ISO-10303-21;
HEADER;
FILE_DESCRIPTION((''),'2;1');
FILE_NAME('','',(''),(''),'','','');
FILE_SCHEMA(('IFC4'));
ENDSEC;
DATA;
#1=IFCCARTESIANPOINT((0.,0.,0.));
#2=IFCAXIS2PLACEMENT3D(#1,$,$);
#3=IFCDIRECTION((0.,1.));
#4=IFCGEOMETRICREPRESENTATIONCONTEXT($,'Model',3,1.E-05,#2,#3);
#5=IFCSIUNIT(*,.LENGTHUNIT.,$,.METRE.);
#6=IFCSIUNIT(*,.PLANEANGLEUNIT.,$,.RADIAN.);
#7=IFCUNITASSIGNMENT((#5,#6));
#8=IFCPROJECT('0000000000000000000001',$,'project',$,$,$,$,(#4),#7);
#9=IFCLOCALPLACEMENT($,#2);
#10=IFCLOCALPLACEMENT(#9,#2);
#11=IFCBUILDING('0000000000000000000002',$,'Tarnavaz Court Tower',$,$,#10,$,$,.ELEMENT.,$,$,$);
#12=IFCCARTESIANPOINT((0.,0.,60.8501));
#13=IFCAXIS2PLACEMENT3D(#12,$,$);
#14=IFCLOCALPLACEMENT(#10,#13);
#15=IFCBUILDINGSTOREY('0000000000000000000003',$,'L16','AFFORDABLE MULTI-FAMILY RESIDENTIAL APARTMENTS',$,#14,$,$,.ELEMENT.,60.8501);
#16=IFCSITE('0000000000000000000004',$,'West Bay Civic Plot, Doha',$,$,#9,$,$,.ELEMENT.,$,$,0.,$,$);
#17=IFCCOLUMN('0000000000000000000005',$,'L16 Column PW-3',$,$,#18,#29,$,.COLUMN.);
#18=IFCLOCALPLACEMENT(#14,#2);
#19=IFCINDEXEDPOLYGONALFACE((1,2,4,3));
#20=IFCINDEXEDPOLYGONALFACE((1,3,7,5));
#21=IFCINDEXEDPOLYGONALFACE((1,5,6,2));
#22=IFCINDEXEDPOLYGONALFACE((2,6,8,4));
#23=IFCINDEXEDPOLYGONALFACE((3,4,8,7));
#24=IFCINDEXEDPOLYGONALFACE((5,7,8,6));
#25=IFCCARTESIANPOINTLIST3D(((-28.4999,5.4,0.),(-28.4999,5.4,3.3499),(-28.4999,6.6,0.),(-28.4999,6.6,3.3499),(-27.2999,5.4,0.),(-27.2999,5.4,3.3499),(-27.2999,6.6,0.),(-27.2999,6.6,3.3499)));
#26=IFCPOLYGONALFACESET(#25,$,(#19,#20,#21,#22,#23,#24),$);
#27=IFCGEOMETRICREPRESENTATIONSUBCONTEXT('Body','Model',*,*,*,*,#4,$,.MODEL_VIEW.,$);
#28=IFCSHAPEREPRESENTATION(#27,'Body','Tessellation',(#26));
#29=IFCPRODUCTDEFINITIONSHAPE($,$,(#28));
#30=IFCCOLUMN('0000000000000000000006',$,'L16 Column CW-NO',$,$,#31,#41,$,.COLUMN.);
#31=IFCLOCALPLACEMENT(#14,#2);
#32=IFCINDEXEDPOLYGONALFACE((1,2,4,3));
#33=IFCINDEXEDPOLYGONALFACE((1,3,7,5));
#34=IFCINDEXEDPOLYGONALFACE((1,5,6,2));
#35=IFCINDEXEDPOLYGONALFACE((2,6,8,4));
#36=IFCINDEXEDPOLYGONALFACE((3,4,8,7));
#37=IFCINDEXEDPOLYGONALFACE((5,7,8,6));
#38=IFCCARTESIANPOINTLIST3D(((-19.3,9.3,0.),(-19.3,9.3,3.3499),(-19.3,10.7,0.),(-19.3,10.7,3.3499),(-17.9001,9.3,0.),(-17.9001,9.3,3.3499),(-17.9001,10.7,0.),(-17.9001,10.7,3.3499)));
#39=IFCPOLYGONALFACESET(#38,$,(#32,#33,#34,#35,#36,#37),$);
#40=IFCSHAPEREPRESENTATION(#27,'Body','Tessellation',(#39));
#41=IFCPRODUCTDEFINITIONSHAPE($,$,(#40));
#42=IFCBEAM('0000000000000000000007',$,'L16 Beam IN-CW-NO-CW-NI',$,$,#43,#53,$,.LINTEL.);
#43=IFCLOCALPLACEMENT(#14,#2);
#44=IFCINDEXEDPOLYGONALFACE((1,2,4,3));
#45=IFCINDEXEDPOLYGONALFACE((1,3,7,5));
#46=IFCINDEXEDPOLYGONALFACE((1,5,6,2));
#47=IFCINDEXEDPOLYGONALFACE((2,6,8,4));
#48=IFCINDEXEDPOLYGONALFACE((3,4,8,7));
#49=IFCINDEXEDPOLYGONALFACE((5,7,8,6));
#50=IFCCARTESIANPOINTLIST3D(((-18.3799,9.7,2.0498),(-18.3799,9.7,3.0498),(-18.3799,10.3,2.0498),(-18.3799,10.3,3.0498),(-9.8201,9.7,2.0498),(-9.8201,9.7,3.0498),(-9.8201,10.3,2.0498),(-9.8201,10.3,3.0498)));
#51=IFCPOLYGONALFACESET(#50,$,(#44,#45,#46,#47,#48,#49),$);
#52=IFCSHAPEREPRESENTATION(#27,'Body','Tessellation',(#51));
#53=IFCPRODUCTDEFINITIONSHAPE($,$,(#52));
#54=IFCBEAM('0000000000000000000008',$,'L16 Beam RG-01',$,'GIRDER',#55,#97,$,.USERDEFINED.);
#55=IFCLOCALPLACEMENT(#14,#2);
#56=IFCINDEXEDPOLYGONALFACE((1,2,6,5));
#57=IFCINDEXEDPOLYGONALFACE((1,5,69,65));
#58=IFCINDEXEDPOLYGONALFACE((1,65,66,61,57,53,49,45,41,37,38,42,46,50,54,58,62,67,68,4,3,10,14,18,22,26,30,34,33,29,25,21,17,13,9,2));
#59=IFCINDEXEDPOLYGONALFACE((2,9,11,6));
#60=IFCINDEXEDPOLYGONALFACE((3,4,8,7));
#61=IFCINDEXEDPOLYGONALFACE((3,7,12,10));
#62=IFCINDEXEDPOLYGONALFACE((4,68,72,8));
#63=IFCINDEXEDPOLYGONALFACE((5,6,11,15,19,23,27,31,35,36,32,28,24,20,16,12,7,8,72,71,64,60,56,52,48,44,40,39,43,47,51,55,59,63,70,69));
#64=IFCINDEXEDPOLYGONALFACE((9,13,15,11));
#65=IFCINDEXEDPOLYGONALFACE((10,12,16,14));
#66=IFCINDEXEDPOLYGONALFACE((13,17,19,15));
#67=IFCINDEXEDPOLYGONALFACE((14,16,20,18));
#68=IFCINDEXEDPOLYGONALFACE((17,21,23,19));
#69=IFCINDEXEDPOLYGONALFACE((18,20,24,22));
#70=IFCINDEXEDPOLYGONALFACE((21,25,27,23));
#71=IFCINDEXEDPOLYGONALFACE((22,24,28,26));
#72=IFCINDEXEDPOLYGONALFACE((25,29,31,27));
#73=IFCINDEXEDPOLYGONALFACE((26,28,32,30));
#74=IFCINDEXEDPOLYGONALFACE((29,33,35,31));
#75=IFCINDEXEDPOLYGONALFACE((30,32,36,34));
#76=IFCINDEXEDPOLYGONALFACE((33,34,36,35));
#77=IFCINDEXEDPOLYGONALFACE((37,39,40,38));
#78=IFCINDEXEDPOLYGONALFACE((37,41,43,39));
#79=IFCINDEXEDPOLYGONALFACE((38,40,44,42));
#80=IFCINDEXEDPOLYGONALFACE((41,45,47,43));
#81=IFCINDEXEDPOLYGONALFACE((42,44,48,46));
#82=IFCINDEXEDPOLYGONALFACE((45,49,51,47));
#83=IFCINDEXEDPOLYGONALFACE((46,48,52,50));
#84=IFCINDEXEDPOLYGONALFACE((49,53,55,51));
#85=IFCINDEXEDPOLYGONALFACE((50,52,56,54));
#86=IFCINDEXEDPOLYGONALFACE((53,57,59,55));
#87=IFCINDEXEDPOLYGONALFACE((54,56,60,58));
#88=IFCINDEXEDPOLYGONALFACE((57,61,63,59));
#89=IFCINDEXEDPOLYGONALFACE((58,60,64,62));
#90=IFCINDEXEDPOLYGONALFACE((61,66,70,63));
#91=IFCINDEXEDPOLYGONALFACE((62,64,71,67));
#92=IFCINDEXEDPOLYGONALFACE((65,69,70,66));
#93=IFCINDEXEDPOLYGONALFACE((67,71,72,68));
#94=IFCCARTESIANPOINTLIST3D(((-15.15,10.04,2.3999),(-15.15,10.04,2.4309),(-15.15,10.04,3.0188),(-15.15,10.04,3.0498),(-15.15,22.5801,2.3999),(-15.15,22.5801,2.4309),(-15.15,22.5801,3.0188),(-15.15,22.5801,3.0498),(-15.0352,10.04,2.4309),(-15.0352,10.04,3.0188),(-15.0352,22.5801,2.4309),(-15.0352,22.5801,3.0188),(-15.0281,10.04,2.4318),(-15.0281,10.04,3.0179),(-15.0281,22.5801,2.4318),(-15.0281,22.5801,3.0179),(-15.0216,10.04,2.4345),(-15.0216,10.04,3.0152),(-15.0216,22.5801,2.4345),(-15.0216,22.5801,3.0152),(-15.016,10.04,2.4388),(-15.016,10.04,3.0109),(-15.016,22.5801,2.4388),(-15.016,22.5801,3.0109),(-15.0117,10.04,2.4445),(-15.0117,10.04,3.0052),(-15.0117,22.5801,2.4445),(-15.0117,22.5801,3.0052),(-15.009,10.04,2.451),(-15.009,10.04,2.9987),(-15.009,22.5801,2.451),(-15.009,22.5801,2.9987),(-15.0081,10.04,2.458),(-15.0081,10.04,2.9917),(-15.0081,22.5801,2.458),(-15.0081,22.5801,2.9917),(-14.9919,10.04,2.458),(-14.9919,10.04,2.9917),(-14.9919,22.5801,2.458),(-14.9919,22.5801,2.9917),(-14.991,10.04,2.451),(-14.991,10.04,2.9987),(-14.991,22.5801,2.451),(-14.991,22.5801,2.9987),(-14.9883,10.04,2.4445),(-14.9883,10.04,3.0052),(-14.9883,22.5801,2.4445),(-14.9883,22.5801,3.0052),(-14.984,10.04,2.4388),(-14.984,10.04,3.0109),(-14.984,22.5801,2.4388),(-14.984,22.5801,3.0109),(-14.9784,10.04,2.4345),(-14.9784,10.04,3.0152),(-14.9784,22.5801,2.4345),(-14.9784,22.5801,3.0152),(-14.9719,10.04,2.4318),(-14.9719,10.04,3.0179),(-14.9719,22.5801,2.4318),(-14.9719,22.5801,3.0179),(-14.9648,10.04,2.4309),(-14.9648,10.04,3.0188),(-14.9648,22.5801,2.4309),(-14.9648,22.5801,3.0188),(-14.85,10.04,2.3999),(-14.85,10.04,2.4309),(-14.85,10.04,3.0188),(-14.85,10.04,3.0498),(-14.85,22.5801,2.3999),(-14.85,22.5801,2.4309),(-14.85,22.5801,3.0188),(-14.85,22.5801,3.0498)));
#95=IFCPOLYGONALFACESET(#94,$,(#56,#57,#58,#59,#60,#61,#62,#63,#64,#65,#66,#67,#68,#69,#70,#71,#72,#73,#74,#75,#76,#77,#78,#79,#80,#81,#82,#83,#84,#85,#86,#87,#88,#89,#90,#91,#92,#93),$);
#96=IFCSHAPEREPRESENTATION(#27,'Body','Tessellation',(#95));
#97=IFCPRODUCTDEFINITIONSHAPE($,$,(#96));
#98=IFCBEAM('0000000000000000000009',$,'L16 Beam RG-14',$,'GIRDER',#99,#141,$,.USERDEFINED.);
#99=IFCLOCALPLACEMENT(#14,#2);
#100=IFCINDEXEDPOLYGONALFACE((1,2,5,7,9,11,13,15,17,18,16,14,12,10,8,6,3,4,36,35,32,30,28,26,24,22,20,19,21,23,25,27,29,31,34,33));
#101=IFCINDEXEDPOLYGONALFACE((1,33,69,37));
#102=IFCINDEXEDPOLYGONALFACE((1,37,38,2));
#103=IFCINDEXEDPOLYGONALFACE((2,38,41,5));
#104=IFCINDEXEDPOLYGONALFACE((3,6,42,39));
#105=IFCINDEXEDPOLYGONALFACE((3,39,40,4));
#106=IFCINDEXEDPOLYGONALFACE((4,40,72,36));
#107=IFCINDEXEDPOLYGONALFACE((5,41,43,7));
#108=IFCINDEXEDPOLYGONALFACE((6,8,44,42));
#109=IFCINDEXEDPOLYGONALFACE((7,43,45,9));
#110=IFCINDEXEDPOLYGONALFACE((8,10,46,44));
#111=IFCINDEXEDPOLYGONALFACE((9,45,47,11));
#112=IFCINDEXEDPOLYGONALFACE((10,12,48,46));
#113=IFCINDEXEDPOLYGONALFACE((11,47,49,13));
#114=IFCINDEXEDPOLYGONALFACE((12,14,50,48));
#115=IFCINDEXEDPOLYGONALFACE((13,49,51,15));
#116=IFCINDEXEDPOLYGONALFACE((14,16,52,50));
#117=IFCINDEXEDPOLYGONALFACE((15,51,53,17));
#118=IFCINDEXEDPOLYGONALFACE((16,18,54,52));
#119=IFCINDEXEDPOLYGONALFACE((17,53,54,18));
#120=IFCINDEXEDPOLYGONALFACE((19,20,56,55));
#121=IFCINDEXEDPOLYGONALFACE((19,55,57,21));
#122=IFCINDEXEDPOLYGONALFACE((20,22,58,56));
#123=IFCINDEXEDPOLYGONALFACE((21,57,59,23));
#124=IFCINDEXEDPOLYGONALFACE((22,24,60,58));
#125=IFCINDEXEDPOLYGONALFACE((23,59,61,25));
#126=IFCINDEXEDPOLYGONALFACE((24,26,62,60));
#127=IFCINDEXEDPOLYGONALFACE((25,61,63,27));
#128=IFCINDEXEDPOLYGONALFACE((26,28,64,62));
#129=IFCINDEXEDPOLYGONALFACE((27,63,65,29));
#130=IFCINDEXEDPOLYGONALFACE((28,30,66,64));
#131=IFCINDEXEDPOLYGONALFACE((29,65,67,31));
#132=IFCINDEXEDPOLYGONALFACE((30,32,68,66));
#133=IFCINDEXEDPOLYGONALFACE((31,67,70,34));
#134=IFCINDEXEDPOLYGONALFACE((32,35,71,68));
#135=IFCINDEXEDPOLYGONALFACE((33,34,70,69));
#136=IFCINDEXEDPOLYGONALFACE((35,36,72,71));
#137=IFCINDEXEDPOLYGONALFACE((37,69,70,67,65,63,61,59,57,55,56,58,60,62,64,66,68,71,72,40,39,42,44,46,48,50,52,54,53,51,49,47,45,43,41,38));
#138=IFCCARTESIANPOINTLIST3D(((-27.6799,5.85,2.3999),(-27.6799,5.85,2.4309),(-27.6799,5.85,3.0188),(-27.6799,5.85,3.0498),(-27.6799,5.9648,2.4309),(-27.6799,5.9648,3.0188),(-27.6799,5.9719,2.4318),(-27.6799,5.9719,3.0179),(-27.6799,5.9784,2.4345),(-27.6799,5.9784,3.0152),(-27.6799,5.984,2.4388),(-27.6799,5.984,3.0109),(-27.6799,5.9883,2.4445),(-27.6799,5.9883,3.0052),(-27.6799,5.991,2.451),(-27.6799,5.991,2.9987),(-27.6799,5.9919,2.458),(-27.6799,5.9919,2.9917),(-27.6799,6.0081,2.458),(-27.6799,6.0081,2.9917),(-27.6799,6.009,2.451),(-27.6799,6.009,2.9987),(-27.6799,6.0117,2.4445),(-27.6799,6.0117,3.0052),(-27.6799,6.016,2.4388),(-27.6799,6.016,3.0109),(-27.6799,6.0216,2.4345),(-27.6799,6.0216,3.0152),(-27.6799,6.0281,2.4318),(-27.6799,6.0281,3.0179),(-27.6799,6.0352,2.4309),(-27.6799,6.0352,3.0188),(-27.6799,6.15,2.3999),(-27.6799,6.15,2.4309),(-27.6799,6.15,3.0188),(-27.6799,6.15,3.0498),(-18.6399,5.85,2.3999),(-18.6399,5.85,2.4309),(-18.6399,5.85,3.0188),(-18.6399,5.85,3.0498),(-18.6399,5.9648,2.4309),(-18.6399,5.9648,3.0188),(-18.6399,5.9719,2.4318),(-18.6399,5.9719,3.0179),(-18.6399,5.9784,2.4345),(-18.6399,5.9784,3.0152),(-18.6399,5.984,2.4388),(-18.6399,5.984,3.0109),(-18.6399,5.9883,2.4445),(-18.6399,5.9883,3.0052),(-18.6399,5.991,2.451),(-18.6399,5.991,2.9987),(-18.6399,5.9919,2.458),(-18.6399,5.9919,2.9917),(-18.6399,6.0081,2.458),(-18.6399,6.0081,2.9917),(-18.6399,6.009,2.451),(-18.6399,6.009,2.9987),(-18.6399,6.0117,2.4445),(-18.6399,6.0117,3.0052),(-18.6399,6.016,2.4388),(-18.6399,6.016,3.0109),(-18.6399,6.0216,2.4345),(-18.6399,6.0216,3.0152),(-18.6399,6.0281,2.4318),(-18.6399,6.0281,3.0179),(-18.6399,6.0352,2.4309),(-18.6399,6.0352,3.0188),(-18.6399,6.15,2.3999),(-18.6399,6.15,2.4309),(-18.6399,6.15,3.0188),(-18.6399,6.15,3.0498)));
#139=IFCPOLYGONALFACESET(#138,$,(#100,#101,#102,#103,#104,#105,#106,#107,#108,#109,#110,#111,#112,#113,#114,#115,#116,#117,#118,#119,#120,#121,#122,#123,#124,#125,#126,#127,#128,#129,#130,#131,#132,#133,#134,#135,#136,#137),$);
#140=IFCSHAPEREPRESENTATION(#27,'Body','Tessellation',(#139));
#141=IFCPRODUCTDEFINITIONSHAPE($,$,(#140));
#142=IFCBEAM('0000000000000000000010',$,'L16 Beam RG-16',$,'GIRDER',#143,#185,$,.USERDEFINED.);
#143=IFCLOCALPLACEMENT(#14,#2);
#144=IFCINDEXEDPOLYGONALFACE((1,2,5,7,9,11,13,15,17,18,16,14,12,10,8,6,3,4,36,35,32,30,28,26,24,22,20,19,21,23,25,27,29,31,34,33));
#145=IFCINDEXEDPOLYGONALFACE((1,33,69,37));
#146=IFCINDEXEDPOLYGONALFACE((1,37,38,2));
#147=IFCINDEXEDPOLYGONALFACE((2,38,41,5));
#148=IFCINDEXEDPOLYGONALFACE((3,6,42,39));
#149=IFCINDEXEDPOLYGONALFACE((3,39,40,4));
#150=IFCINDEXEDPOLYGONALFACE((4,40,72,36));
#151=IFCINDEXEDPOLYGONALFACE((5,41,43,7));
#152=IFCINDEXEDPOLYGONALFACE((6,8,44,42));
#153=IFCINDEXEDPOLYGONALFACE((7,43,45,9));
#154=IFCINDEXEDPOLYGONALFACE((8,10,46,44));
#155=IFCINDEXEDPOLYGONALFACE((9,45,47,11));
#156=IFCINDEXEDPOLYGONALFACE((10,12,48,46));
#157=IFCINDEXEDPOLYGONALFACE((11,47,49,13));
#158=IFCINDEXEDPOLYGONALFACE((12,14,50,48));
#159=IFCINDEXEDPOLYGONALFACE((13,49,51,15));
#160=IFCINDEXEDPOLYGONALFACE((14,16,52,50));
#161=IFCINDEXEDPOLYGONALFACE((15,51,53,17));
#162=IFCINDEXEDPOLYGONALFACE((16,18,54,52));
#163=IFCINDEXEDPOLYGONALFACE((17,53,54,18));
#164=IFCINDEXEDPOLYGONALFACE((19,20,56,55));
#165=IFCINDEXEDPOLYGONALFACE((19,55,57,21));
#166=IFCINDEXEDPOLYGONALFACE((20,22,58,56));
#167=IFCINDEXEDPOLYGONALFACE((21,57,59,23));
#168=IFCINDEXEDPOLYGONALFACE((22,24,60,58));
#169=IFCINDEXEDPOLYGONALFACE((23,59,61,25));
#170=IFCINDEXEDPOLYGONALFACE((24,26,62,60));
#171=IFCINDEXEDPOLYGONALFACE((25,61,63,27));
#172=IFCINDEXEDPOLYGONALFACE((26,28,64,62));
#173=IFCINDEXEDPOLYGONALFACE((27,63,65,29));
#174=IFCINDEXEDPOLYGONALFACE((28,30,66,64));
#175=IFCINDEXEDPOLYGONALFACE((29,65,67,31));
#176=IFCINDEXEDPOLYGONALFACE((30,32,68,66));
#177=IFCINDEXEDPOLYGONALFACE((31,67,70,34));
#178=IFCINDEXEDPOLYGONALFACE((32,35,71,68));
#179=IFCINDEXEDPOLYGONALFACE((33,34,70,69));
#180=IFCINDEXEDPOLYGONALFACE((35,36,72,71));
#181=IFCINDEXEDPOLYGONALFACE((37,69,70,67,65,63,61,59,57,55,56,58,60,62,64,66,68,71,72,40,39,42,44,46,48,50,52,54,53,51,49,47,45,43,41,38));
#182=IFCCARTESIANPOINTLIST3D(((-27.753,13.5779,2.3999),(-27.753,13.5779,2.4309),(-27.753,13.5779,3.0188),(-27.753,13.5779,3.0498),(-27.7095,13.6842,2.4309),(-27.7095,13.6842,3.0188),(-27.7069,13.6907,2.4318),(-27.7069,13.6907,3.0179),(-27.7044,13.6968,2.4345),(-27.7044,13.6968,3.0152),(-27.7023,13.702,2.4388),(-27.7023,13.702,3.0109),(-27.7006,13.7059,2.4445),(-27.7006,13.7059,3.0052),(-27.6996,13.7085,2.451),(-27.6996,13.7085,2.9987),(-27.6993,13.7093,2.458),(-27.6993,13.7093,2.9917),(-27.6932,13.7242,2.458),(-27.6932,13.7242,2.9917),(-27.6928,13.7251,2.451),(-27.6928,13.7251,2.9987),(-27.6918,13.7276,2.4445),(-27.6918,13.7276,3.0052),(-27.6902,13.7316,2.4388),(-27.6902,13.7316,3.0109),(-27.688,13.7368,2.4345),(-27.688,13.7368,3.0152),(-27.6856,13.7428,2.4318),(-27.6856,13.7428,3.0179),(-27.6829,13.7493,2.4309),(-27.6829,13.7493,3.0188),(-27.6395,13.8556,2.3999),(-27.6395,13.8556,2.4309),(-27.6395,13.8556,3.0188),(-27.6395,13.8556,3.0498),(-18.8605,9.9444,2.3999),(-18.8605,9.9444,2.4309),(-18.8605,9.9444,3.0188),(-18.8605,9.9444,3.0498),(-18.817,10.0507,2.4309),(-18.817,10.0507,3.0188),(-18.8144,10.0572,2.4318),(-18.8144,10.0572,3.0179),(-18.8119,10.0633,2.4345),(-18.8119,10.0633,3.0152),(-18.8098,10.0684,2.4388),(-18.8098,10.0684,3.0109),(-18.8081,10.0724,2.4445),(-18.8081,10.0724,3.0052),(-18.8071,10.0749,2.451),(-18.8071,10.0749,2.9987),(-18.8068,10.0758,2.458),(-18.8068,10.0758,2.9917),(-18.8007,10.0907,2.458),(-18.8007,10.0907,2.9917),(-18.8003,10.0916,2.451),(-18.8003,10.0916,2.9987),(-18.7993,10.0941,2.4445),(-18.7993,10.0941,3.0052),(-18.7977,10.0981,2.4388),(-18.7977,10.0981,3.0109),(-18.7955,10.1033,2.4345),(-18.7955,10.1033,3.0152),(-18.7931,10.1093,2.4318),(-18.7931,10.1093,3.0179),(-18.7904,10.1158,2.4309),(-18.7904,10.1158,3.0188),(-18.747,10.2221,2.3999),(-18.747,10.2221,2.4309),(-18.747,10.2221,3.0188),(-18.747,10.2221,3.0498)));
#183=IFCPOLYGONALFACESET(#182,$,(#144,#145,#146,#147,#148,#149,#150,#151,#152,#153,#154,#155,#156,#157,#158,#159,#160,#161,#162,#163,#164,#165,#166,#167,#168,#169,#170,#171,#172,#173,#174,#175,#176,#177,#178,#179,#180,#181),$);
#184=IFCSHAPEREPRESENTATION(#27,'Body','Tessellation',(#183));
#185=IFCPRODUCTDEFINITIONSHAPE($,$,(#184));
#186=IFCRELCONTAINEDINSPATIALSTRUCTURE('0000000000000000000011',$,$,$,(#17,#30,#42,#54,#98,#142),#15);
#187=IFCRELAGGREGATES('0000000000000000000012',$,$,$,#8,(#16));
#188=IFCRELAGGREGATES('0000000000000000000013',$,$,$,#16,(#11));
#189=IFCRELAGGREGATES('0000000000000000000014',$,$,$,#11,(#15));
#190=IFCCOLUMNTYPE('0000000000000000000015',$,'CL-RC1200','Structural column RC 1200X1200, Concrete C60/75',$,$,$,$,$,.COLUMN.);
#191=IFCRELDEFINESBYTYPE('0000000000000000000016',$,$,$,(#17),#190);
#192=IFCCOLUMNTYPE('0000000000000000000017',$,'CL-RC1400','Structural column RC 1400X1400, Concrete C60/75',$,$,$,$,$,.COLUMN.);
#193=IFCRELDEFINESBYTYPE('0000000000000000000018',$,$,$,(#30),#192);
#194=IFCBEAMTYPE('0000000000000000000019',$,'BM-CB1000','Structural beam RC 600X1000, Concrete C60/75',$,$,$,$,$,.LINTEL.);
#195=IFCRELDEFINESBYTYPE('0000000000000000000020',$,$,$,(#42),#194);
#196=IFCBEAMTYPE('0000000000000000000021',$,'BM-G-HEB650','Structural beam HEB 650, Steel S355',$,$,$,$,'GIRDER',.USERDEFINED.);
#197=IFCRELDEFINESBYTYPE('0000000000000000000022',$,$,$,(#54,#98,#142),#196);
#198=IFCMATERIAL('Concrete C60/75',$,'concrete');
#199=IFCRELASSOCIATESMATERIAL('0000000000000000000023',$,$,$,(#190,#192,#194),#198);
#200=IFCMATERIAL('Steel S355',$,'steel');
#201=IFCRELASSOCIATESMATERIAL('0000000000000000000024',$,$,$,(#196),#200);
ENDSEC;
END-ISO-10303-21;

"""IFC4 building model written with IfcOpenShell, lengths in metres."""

from ifc_helpers import new_model, si_unit, direction, frame, origin, origin_2d, place, context, subcontext, project, spatial, rectangle, i_section, extrude, material, material_profile, profile_set, type_object, element, save


model = new_model("IFC4")

# Units and contexts
model_context = context("Model", 3, precision=1e-05, world=origin(), true_north=direction((0.0, 1.0)))
body_context = subcontext(model_context, "Body", "Model", "MODEL_VIEW")
ifc_project = project(units=[si_unit("LENGTHUNIT", "METRE"), si_unit("PLANEANGLEUNIT", "RADIAN")], contexts=[model_context])

# Site, building, storey
site_placement = place(None, origin())
site = spatial("IfcSite", under=ifc_project, at=site_placement, Name="West Bay Civic Plot, Doha", CompositionType="ELEMENT", RefElevation=0.0)
building_placement = place(site_placement, origin())
building = spatial("IfcBuilding", under=site, at=building_placement, Name="Tarnavaz Court Tower", CompositionType="ELEMENT")
storey_placement = place(building_placement, frame((0.0, 0.0, 60.8501)))
storey = spatial("IfcBuildingStorey", under=building, at=storey_placement, Name="L16", Description="AFFORDABLE MULTI-FAMILY RESIDENTIAL APARTMENTS", CompositionType="ELEMENT", Elevation=60.8501)

# Columns
ifc_material_1 = material(Name="Concrete C60/75", Category="concrete")
ifc_material_profile_1 = material_profile(ifc_material_1, rectangle(XDim=1.2, YDim=1.2, at=origin_2d()), Name="RC 1200X1200")
ifc_profile_set_1 = profile_set([ifc_material_profile_1], Name="Concrete C60/75")
column_type_1 = type_object("IfcColumnType", Name="CL-RC1200", Description="Structural column RC 1200X1200, Concrete C60/75", PredefinedType="COLUMN", material=ifc_profile_set_1)
column_1_placement = place(storey_placement, frame((-27.8999, 6.0, 0.0), z_axis=(0.0, 0.0, 1.0), x_axis=(1.0, 0.0, 0.0)))
element("IfcColumn", 1, at=column_1_placement, inside=storey, type_object=column_type_1, Name="L16 Column PW-3", PredefinedType="COLUMN", context=body_context, shape_type="SweptSolid", body=[
    extrude(rectangle(XDim=1.2, YDim=1.2, at=origin_2d()), origin(), (0.0, 0.0, 1.0), 3.3499),
])
ifc_material_profile_2 = material_profile(ifc_material_1, rectangle(XDim=1.3999, YDim=1.3999, at=origin_2d()), Name="RC 1400X1400")
ifc_profile_set_2 = profile_set([ifc_material_profile_2], Name="Concrete C60/75")
column_type_2 = type_object("IfcColumnType", Name="CL-RC1400", Description="Structural column RC 1400X1400, Concrete C60/75", PredefinedType="COLUMN", material=ifc_profile_set_2)
column_2_placement = place(storey_placement, frame((-18.6001, 10.0, 0.0), z_axis=(0.0, 0.0, 1.0), x_axis=(1.0, 0.0, 0.0)))
element("IfcColumn", 2, at=column_2_placement, inside=storey, type_object=column_type_2, Name="L16 Column CW-NO", PredefinedType="COLUMN", context=body_context, shape_type="SweptSolid", body=[
    extrude(rectangle(XDim=1.3999, YDim=1.3999, at=origin_2d()), origin(), (0.0, 0.0, 1.0), 3.3499),
])

# Beams
ifc_material_profile_3 = material_profile(ifc_material_1, rectangle(XDim=0.6001, YDim=1.0, at=origin_2d()), Name="RC 600X1000")
ifc_profile_set_3 = profile_set([ifc_material_profile_3], Name="Concrete C60/75")
beam_type_1 = type_object("IfcBeamType", Name="BM-CB1000", Description="Structural beam RC 600X1000, Concrete C60/75", PredefinedType="LINTEL", material=ifc_profile_set_3)
beam_1_placement = place(storey_placement, frame((-18.3799, 10.0, 2.5498), z_axis=(1.0, 0.0, 0.0), x_axis=(0.0, 1.0, 0.0)))
element("IfcBeam", 3, at=beam_1_placement, inside=storey, type_object=beam_type_1, Name="L16 Beam IN-CW-NO-CW-NI", PredefinedType="LINTEL", context=body_context, shape_type="SweptSolid", body=[
    extrude(rectangle(XDim=0.6001, YDim=1.0, at=origin_2d()), origin(), (0.0, 0.0, 1.0), 8.5598),
])
ifc_material_2 = material(Name="Steel S355", Category="steel")
ifc_material_profile_4 = material_profile(ifc_material_2, i_section(OverallWidth=0.3, OverallDepth=0.6499, WebThickness=0.0161, FlangeThickness=0.031, FilletRadius=0.0271, at=origin_2d()), Name="HEB 650")
ifc_profile_set_4 = profile_set([ifc_material_profile_4], Name="Steel S355")
beam_type_2 = type_object("IfcBeamType", Name="BM-G-HEB650", Description="Structural beam HEB 650, Steel S355", ElementType="GIRDER", PredefinedType="USERDEFINED", material=ifc_profile_set_4)
beam_2_placement = place(storey_placement, frame((-15.0, 10.04, 2.7249), z_axis=(0.0, 1.0, 0.0), x_axis=(-1.0, 0.0, 0.0)))
element("IfcBeam", 4, at=beam_2_placement, inside=storey, type_object=beam_type_2, Name="L16 Beam RG-01", ObjectType="GIRDER", PredefinedType="USERDEFINED", context=body_context, shape_type="SweptSolid", body=[
    extrude(i_section(OverallWidth=0.3, OverallDepth=0.6499, WebThickness=0.0161, FlangeThickness=0.031, FilletRadius=0.0271, at=origin_2d()), origin(), (0.0, 0.0, 1.0), 12.54),
])
beam_3_placement = place(storey_placement, frame((-18.6399, 6.0, 2.7249), z_axis=(-1.0, 0.0, 0.0), x_axis=(0.0, -1.0, 0.0)))
element("IfcBeam", 5, at=beam_3_placement, inside=storey, type_object=beam_type_2, Name="L16 Beam RG-14", ObjectType="GIRDER", PredefinedType="USERDEFINED", context=body_context, shape_type="SweptSolid", body=[
    extrude(i_section(OverallWidth=0.3, OverallDepth=0.6499, WebThickness=0.0161, FlangeThickness=0.031, FilletRadius=0.0271, at=origin_2d()), origin(), (0.0, 0.0, 1.0), 9.04),
])
beam_4_placement = place(storey_placement, frame((-18.8037, 10.0833, 2.7249), z_axis=(-0.925705, 0.378247, 0.0), x_axis=(-0.378247, -0.925705, 0.0)))
element("IfcBeam", 6, at=beam_4_placement, inside=storey, type_object=beam_type_2, Name="L16 Beam RG-16", ObjectType="GIRDER", PredefinedType="USERDEFINED", context=body_context, shape_type="SweptSolid", body=[
    extrude(i_section(OverallWidth=0.3, OverallDepth=0.6499, WebThickness=0.0161, FlangeThickness=0.031, FilletRadius=0.0271, at=origin_2d()), origin(), (0.0, 0.0, 1.0), 9.6062),
])

save(model, "model.ifc")
